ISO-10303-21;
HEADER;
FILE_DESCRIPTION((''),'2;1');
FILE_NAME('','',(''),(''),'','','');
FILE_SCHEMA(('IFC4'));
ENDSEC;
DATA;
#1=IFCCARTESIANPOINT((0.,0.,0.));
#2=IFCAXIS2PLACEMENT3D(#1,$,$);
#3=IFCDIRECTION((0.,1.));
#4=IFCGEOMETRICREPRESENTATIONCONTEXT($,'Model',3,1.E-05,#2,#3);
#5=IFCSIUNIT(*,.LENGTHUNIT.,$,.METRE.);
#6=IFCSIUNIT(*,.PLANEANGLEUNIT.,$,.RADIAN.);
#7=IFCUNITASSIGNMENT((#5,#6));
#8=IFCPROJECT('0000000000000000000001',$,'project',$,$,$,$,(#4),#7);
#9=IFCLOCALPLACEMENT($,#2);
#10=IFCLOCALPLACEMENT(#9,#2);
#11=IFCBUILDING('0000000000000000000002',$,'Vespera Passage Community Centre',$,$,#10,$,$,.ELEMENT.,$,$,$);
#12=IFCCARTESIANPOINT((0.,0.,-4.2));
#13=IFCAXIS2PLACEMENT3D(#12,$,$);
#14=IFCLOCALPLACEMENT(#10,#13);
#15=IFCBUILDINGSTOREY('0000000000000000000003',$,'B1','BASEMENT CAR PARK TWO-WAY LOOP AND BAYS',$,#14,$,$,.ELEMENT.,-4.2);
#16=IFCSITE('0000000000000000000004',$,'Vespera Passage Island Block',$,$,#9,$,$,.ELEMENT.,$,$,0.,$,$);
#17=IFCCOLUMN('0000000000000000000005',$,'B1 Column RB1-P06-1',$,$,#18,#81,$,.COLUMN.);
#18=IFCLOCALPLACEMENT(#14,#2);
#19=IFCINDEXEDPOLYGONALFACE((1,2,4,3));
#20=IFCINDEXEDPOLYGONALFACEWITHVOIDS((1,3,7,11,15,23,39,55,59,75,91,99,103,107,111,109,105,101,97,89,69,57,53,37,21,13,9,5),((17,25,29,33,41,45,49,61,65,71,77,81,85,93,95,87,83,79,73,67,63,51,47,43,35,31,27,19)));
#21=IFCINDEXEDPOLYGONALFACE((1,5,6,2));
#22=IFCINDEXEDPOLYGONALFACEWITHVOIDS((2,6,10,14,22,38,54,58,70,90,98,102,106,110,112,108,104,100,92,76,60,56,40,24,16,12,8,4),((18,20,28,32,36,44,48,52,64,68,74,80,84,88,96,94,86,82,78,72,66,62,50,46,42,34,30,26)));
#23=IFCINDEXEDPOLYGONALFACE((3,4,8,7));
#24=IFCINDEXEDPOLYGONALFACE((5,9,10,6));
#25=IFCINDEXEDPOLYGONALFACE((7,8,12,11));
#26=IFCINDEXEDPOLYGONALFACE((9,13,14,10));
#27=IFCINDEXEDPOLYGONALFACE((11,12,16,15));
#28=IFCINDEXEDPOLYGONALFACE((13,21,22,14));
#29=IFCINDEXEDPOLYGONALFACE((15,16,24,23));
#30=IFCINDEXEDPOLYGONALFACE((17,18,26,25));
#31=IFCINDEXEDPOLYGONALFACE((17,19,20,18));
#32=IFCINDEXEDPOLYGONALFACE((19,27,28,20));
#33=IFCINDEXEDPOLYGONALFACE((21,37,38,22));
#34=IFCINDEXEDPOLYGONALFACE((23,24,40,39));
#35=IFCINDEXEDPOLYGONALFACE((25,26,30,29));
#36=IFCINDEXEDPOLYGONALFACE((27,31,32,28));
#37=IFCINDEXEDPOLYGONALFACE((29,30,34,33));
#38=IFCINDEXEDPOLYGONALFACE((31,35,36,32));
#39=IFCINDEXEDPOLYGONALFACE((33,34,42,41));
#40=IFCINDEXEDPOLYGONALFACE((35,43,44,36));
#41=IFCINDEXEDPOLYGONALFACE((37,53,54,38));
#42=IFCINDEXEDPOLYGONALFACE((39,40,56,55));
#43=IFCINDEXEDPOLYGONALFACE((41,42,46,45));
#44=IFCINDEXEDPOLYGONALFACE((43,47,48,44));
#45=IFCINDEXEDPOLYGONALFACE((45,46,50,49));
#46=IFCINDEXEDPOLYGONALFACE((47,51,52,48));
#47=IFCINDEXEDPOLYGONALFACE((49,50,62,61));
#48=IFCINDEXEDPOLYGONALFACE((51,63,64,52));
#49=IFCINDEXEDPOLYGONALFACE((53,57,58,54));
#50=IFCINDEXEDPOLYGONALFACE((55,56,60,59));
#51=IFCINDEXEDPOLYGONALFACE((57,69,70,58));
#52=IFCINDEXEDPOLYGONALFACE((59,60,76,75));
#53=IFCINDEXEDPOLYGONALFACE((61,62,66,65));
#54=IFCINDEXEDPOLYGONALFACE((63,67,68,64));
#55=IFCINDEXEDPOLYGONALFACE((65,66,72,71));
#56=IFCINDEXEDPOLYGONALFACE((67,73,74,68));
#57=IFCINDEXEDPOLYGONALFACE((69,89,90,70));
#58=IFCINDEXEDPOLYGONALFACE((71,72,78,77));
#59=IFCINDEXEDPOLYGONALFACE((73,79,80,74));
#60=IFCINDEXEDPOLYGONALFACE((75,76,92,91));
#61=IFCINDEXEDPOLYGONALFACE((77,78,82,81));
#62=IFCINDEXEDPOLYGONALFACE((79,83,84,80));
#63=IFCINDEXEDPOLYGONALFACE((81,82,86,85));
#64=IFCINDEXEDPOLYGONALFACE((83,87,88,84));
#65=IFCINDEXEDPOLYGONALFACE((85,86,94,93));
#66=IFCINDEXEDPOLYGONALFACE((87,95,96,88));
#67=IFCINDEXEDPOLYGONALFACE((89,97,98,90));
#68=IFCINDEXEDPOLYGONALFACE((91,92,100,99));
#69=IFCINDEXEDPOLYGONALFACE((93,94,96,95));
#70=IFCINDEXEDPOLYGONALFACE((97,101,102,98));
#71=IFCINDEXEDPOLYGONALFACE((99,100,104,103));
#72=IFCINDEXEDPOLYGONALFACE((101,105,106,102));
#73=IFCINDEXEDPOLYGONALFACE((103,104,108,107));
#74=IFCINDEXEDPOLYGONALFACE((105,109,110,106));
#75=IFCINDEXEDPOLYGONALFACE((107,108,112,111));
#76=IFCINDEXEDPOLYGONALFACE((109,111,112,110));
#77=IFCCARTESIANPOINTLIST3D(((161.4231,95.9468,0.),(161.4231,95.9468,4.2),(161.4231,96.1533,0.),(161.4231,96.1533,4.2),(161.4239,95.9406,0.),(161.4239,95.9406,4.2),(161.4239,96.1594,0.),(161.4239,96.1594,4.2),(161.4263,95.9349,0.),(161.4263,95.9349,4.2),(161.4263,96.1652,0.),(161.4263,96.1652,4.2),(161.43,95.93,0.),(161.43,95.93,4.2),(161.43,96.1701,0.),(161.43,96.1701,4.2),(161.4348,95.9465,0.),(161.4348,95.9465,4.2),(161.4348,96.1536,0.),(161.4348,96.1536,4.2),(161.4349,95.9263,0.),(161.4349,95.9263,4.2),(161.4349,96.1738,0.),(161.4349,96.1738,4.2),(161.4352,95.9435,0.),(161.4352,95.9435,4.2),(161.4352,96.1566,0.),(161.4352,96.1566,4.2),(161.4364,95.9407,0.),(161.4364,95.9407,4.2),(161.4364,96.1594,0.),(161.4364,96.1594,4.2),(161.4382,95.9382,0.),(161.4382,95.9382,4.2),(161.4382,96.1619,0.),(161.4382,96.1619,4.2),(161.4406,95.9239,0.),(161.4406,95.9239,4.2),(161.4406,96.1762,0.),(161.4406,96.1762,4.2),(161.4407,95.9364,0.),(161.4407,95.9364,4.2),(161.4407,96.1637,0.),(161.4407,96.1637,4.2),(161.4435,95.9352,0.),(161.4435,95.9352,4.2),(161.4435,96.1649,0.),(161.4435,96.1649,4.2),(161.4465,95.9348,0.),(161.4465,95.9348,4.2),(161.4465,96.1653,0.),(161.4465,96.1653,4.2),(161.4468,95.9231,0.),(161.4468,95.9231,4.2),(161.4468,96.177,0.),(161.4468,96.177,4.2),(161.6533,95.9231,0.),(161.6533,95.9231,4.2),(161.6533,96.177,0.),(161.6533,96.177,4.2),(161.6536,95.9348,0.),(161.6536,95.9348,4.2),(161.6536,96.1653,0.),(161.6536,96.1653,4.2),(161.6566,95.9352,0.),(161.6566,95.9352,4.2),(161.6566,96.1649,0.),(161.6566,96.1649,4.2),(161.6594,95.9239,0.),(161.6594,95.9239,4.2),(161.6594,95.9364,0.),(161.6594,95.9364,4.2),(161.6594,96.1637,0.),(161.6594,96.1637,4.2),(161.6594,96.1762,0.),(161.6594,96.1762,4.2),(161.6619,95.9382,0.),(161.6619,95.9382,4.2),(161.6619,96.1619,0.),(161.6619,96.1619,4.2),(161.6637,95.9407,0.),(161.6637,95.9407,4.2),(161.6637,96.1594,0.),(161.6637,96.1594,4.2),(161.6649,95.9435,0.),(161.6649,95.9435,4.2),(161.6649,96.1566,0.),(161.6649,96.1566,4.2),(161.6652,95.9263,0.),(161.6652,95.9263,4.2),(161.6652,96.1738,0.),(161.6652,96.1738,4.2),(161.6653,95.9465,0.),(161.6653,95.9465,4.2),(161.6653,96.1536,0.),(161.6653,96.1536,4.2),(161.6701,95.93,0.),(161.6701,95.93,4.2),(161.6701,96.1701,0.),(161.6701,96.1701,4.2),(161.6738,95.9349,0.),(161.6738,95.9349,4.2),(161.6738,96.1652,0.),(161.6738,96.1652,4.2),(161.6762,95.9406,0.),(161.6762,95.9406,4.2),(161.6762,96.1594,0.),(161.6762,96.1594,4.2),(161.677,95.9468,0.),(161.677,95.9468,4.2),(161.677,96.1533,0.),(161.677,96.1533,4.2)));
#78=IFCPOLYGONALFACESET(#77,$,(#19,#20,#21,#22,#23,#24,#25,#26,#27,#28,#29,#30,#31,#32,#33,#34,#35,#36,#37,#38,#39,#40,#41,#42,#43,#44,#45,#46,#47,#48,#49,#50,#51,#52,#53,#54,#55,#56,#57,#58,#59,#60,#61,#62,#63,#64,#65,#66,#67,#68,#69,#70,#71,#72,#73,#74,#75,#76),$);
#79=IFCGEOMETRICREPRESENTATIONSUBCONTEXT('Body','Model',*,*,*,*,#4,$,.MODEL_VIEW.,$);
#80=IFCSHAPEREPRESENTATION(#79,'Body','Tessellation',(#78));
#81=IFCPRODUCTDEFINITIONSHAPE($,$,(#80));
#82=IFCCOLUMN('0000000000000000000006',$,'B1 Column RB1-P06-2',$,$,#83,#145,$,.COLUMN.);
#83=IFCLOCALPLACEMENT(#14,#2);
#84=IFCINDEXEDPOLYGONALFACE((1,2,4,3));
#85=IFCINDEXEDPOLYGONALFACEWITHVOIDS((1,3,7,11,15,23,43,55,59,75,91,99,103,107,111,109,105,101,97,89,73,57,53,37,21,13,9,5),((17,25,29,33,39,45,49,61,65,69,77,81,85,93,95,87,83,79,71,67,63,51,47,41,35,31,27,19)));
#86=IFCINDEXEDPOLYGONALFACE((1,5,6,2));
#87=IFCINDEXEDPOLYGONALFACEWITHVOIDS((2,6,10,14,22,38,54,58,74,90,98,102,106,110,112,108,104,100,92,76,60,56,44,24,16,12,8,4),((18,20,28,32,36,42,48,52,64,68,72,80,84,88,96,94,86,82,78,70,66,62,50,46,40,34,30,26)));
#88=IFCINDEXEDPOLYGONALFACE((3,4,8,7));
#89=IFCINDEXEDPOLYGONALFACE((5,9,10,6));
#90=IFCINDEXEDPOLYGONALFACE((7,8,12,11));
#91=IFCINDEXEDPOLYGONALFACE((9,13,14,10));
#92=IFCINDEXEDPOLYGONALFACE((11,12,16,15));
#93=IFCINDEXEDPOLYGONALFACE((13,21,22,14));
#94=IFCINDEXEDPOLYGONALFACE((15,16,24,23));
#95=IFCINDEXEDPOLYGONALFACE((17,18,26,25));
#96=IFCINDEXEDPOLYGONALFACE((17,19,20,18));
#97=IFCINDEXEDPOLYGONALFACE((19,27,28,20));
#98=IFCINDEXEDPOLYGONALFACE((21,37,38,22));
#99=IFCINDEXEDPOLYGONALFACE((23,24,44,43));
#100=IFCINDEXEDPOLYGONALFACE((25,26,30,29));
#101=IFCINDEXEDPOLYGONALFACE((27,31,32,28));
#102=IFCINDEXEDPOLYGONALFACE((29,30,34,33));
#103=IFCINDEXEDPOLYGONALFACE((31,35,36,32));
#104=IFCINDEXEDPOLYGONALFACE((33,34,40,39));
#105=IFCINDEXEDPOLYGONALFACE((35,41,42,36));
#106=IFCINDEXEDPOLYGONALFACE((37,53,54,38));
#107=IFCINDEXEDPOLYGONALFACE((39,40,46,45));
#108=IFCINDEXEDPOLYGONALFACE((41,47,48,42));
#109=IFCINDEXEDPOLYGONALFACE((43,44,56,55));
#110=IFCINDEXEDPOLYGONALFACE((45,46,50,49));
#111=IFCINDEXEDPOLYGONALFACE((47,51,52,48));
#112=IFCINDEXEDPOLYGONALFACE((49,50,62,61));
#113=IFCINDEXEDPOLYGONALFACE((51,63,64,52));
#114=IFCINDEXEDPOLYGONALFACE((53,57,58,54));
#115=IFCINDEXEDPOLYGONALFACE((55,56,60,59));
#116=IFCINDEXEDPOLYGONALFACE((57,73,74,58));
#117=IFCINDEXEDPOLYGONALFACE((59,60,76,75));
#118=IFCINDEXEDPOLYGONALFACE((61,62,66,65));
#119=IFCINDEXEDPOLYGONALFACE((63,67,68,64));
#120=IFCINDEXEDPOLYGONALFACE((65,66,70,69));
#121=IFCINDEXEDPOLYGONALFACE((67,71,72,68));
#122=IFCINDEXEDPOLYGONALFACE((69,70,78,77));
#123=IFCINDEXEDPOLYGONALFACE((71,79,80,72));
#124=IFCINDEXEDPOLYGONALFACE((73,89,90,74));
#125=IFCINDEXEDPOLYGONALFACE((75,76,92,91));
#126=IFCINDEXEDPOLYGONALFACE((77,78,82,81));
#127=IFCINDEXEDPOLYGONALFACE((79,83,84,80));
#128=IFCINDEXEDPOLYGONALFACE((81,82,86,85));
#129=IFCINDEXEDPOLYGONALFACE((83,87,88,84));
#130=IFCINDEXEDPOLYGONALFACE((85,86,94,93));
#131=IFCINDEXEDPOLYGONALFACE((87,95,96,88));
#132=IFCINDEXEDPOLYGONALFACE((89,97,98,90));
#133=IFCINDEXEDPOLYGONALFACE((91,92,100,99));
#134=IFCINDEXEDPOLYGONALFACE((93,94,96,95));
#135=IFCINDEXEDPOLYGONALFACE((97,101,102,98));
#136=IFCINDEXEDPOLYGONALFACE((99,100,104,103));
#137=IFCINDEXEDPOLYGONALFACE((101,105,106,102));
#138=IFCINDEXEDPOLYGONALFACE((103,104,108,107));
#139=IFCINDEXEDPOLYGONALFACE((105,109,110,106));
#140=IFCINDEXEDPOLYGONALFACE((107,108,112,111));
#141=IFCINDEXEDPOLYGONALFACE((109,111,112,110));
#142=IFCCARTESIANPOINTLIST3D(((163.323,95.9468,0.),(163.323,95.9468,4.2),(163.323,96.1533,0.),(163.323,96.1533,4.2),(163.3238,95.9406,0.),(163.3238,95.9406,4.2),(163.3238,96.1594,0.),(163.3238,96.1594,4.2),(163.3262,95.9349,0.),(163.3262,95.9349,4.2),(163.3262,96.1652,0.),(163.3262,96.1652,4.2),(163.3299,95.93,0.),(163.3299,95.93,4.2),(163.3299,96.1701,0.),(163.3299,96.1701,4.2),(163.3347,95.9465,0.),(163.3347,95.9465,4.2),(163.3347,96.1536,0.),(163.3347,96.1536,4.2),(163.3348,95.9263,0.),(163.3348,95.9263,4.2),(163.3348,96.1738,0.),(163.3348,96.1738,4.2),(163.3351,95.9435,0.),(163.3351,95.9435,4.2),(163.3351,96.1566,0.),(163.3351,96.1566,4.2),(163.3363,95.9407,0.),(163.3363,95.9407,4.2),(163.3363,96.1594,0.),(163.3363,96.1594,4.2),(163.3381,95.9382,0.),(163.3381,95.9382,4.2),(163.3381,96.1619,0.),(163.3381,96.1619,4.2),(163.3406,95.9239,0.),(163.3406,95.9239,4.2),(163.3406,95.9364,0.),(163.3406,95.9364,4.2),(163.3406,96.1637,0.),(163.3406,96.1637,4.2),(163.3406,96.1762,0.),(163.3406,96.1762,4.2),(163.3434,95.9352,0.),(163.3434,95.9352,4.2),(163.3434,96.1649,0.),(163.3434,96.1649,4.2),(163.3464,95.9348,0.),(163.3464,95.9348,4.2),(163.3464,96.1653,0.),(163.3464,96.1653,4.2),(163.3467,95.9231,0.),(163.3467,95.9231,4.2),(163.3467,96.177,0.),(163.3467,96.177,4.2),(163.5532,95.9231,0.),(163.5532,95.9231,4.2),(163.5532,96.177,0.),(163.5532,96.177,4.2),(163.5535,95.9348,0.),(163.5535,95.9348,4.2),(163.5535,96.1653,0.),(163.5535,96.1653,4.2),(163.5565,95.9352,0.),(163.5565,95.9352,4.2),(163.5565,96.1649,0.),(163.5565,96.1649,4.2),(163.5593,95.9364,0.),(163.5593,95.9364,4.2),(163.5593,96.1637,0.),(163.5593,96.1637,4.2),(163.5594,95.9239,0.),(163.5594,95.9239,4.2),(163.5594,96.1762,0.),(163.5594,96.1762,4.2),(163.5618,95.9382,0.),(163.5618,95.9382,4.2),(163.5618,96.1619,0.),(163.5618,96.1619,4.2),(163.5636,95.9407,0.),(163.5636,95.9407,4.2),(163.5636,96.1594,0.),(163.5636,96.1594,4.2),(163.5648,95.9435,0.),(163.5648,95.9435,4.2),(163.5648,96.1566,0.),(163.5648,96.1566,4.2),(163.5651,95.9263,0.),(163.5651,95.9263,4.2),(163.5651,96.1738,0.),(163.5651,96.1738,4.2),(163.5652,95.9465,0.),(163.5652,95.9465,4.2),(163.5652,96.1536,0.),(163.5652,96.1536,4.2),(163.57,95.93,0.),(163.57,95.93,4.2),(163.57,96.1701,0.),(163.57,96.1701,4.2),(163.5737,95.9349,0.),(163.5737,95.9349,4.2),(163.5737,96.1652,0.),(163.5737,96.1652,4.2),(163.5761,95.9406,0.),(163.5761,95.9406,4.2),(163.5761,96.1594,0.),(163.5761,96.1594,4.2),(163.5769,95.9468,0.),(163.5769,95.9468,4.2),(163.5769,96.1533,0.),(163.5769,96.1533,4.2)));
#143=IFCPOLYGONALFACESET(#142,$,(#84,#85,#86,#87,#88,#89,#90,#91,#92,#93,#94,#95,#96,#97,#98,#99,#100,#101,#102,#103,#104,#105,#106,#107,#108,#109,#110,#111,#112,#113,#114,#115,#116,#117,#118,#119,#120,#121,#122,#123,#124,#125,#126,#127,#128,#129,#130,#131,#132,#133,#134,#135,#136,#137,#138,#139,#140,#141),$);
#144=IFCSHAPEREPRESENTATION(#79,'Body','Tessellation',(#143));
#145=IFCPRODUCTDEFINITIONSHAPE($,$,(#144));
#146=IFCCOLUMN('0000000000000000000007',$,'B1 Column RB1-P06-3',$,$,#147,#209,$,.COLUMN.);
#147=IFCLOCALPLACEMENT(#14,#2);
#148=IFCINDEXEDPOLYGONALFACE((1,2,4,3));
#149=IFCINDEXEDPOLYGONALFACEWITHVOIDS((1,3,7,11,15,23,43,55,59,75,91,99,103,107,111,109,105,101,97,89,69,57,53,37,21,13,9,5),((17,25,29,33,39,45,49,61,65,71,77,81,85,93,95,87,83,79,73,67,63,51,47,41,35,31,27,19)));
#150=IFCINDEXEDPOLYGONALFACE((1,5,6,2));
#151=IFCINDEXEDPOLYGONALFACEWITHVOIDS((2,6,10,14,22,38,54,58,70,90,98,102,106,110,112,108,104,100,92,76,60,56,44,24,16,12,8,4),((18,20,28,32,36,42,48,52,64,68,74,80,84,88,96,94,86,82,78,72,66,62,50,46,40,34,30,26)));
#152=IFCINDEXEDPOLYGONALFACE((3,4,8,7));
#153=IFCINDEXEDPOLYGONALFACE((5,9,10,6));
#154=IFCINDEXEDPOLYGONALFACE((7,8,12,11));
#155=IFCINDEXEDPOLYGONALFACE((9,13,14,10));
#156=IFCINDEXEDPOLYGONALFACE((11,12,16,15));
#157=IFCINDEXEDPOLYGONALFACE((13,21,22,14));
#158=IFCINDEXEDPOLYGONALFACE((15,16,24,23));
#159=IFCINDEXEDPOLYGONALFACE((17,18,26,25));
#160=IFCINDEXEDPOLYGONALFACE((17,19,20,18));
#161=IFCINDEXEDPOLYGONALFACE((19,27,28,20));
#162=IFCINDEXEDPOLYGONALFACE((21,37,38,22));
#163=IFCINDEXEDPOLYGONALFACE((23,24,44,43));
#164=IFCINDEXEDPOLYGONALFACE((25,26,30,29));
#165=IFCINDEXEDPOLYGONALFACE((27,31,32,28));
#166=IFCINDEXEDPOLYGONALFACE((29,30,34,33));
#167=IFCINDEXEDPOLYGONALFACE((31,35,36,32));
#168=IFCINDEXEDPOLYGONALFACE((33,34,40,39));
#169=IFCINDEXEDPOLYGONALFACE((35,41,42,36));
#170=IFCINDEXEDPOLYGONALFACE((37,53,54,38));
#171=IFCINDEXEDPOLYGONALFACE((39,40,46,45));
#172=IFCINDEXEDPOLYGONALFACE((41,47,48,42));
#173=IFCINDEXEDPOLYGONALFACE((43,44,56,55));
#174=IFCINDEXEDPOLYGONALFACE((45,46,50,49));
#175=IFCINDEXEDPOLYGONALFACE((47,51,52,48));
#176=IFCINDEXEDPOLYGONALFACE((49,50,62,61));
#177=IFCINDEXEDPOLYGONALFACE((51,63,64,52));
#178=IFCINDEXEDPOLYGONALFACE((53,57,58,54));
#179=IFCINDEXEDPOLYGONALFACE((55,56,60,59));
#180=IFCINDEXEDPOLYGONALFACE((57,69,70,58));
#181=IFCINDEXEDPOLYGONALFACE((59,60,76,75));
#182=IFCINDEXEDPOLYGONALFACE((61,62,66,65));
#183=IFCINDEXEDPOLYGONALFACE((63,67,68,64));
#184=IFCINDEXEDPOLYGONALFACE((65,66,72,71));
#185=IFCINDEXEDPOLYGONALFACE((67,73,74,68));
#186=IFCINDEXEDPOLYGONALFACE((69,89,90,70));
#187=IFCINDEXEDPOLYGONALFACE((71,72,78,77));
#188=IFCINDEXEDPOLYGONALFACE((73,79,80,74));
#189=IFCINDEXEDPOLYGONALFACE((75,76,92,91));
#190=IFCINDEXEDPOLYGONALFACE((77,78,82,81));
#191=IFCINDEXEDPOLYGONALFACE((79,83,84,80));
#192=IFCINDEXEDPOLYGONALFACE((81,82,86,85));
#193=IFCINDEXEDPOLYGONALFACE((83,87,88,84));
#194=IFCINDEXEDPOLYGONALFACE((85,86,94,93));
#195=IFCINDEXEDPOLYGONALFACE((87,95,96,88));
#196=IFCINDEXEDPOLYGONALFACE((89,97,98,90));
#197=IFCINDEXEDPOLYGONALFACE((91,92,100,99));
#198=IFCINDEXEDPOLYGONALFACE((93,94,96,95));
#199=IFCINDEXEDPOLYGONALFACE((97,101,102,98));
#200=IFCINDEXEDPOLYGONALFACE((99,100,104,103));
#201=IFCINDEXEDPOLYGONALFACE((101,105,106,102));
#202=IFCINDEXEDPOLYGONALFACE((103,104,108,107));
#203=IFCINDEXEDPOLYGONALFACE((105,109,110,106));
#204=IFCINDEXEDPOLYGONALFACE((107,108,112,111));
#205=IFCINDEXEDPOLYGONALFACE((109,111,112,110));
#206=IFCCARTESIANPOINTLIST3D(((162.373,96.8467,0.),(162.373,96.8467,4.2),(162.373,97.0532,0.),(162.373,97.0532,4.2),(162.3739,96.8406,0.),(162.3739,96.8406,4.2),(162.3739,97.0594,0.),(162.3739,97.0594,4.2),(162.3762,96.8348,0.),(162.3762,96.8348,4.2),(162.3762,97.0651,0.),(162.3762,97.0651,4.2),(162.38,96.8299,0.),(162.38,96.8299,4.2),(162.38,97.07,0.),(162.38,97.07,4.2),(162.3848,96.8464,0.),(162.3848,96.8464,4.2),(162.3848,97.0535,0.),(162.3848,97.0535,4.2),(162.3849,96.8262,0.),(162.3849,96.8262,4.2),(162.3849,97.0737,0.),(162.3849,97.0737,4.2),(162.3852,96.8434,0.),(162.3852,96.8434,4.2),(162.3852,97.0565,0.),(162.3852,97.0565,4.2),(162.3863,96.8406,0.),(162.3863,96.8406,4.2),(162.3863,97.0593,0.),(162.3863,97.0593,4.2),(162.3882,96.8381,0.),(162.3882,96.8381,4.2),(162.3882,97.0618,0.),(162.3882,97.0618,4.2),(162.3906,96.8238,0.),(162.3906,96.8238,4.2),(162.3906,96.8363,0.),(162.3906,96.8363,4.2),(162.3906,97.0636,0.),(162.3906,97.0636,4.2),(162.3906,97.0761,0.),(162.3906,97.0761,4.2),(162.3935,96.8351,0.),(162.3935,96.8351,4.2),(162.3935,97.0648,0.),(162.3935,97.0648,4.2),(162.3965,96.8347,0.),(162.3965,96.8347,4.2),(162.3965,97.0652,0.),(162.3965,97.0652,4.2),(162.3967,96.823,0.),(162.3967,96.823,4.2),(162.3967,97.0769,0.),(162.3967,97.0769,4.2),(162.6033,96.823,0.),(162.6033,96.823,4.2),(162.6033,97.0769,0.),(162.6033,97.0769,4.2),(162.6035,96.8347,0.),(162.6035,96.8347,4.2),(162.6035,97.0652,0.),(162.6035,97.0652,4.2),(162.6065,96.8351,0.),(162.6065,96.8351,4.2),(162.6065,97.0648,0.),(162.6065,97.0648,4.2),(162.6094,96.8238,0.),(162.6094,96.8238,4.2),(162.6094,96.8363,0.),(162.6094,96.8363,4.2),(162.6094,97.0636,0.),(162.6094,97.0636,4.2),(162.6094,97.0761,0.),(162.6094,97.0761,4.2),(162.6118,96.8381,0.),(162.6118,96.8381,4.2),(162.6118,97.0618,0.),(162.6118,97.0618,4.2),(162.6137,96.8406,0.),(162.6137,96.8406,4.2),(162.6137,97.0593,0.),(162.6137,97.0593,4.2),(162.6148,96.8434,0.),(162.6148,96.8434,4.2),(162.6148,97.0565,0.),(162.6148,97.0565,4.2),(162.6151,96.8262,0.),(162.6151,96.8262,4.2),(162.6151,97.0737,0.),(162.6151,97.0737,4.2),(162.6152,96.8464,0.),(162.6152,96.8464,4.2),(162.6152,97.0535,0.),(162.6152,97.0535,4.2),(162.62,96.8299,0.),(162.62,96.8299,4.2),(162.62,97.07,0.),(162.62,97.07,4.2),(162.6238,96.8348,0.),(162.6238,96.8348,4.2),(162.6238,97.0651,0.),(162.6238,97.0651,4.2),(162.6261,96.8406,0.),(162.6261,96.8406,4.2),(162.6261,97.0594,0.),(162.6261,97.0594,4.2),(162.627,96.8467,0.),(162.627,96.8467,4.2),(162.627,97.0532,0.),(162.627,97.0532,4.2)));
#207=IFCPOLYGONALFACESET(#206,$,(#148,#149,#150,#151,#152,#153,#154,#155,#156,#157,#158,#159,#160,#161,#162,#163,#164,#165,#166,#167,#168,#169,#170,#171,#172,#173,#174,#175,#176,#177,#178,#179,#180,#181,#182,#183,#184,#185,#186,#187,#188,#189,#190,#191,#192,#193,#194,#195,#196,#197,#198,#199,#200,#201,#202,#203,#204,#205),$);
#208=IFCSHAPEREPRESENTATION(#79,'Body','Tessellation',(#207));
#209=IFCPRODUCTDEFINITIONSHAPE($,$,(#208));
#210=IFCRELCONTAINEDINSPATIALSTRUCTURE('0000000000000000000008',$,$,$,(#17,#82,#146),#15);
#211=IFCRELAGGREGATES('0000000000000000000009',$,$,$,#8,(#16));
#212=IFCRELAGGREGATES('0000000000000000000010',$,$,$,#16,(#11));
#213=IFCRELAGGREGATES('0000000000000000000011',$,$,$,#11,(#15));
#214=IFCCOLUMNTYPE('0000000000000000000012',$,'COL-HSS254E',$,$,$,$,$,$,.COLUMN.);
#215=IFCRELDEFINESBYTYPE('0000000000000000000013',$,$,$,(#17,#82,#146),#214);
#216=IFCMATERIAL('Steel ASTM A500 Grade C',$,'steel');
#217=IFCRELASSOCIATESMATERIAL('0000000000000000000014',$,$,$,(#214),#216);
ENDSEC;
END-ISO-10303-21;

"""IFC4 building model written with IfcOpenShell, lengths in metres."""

from ifc_helpers import new_model, si_unit, direction, frame, origin, origin_2d, place, context, subcontext, project, spatial, hollow_rectangle, extrude, material, material_profile, profile_set, type_object, element, save


model = new_model("IFC4")

# Units and contexts
model_context = context("Model", 3, precision=1e-05, world=origin(), true_north=direction((0.0, 1.0)))
body_context = subcontext(model_context, "Body", "Model", "MODEL_VIEW")
ifc_project = project(units=[si_unit("LENGTHUNIT", "METRE"), si_unit("PLANEANGLEUNIT", "RADIAN")], contexts=[model_context])

# Site, building, storey
site_placement = place(None, origin())
site = spatial("IfcSite", under=ifc_project, at=site_placement, Name="Vespera Passage Island Block", CompositionType="ELEMENT", RefElevation=0.0)
building_placement = place(site_placement, origin())
building = spatial("IfcBuilding", under=site, at=building_placement, Name="Vespera Passage Community Centre", CompositionType="ELEMENT")
storey_placement = place(building_placement, frame((0.0, 0.0, -4.2)))
storey = spatial("IfcBuildingStorey", under=building, at=storey_placement, Name="B1", Description="BASEMENT CAR PARK TWO-WAY LOOP AND BAYS", CompositionType="ELEMENT", Elevation=-4.2)

# Columns
ifc_material_1 = material(Name="Steel ASTM A500 Grade C", Category="steel")
ifc_material_profile_1 = material_profile(ifc_material_1, hollow_rectangle(XDim=0.2539, YDim=0.2539, WallThickness=0.0117, InnerFilletRadius=0.0117, OuterFilletRadius=0.0237, at=origin_2d()), Name="HSS254X254X12.7")
ifc_profile_set_1 = profile_set([ifc_material_profile_1], Name="Steel ASTM A500 Grade C")
column_type_1 = type_object("IfcColumnType", Name="COL-HSS254E", PredefinedType="COLUMN", material=ifc_profile_set_1)
for number, where, z_axis, x_axis, name in (
    (1, (161.55, 96.05, 0.0), (0.0, 0.0, 1.0), (1.0, 0.0, 0.0), "B1 Column RB1-P06-1"),
    (2, (163.45, 96.05, 0.0), (0.0, 0.0, 1.0), (1.0, 0.0, 0.0), "B1 Column RB1-P06-2"),
    (3, (162.5, 96.95, 0.0), (0.0, 0.0, 1.0), (1.0, 0.0, 0.0), "B1 Column RB1-P06-3"),
):
    element("IfcColumn", number, at=place(storey_placement, frame(where, z_axis=z_axis, x_axis=x_axis)), inside=storey, type_object=column_type_1, Name=name, PredefinedType="COLUMN", context=body_context, shape_type="SweptSolid", body=[
        extrude(hollow_rectangle(XDim=0.2539, YDim=0.2539, WallThickness=0.0117, InnerFilletRadius=0.0117, OuterFilletRadius=0.0237, at=origin_2d()), origin(), (0.0, 0.0, 1.0), 4.2),
    ])

save(model, "model.ifc")
